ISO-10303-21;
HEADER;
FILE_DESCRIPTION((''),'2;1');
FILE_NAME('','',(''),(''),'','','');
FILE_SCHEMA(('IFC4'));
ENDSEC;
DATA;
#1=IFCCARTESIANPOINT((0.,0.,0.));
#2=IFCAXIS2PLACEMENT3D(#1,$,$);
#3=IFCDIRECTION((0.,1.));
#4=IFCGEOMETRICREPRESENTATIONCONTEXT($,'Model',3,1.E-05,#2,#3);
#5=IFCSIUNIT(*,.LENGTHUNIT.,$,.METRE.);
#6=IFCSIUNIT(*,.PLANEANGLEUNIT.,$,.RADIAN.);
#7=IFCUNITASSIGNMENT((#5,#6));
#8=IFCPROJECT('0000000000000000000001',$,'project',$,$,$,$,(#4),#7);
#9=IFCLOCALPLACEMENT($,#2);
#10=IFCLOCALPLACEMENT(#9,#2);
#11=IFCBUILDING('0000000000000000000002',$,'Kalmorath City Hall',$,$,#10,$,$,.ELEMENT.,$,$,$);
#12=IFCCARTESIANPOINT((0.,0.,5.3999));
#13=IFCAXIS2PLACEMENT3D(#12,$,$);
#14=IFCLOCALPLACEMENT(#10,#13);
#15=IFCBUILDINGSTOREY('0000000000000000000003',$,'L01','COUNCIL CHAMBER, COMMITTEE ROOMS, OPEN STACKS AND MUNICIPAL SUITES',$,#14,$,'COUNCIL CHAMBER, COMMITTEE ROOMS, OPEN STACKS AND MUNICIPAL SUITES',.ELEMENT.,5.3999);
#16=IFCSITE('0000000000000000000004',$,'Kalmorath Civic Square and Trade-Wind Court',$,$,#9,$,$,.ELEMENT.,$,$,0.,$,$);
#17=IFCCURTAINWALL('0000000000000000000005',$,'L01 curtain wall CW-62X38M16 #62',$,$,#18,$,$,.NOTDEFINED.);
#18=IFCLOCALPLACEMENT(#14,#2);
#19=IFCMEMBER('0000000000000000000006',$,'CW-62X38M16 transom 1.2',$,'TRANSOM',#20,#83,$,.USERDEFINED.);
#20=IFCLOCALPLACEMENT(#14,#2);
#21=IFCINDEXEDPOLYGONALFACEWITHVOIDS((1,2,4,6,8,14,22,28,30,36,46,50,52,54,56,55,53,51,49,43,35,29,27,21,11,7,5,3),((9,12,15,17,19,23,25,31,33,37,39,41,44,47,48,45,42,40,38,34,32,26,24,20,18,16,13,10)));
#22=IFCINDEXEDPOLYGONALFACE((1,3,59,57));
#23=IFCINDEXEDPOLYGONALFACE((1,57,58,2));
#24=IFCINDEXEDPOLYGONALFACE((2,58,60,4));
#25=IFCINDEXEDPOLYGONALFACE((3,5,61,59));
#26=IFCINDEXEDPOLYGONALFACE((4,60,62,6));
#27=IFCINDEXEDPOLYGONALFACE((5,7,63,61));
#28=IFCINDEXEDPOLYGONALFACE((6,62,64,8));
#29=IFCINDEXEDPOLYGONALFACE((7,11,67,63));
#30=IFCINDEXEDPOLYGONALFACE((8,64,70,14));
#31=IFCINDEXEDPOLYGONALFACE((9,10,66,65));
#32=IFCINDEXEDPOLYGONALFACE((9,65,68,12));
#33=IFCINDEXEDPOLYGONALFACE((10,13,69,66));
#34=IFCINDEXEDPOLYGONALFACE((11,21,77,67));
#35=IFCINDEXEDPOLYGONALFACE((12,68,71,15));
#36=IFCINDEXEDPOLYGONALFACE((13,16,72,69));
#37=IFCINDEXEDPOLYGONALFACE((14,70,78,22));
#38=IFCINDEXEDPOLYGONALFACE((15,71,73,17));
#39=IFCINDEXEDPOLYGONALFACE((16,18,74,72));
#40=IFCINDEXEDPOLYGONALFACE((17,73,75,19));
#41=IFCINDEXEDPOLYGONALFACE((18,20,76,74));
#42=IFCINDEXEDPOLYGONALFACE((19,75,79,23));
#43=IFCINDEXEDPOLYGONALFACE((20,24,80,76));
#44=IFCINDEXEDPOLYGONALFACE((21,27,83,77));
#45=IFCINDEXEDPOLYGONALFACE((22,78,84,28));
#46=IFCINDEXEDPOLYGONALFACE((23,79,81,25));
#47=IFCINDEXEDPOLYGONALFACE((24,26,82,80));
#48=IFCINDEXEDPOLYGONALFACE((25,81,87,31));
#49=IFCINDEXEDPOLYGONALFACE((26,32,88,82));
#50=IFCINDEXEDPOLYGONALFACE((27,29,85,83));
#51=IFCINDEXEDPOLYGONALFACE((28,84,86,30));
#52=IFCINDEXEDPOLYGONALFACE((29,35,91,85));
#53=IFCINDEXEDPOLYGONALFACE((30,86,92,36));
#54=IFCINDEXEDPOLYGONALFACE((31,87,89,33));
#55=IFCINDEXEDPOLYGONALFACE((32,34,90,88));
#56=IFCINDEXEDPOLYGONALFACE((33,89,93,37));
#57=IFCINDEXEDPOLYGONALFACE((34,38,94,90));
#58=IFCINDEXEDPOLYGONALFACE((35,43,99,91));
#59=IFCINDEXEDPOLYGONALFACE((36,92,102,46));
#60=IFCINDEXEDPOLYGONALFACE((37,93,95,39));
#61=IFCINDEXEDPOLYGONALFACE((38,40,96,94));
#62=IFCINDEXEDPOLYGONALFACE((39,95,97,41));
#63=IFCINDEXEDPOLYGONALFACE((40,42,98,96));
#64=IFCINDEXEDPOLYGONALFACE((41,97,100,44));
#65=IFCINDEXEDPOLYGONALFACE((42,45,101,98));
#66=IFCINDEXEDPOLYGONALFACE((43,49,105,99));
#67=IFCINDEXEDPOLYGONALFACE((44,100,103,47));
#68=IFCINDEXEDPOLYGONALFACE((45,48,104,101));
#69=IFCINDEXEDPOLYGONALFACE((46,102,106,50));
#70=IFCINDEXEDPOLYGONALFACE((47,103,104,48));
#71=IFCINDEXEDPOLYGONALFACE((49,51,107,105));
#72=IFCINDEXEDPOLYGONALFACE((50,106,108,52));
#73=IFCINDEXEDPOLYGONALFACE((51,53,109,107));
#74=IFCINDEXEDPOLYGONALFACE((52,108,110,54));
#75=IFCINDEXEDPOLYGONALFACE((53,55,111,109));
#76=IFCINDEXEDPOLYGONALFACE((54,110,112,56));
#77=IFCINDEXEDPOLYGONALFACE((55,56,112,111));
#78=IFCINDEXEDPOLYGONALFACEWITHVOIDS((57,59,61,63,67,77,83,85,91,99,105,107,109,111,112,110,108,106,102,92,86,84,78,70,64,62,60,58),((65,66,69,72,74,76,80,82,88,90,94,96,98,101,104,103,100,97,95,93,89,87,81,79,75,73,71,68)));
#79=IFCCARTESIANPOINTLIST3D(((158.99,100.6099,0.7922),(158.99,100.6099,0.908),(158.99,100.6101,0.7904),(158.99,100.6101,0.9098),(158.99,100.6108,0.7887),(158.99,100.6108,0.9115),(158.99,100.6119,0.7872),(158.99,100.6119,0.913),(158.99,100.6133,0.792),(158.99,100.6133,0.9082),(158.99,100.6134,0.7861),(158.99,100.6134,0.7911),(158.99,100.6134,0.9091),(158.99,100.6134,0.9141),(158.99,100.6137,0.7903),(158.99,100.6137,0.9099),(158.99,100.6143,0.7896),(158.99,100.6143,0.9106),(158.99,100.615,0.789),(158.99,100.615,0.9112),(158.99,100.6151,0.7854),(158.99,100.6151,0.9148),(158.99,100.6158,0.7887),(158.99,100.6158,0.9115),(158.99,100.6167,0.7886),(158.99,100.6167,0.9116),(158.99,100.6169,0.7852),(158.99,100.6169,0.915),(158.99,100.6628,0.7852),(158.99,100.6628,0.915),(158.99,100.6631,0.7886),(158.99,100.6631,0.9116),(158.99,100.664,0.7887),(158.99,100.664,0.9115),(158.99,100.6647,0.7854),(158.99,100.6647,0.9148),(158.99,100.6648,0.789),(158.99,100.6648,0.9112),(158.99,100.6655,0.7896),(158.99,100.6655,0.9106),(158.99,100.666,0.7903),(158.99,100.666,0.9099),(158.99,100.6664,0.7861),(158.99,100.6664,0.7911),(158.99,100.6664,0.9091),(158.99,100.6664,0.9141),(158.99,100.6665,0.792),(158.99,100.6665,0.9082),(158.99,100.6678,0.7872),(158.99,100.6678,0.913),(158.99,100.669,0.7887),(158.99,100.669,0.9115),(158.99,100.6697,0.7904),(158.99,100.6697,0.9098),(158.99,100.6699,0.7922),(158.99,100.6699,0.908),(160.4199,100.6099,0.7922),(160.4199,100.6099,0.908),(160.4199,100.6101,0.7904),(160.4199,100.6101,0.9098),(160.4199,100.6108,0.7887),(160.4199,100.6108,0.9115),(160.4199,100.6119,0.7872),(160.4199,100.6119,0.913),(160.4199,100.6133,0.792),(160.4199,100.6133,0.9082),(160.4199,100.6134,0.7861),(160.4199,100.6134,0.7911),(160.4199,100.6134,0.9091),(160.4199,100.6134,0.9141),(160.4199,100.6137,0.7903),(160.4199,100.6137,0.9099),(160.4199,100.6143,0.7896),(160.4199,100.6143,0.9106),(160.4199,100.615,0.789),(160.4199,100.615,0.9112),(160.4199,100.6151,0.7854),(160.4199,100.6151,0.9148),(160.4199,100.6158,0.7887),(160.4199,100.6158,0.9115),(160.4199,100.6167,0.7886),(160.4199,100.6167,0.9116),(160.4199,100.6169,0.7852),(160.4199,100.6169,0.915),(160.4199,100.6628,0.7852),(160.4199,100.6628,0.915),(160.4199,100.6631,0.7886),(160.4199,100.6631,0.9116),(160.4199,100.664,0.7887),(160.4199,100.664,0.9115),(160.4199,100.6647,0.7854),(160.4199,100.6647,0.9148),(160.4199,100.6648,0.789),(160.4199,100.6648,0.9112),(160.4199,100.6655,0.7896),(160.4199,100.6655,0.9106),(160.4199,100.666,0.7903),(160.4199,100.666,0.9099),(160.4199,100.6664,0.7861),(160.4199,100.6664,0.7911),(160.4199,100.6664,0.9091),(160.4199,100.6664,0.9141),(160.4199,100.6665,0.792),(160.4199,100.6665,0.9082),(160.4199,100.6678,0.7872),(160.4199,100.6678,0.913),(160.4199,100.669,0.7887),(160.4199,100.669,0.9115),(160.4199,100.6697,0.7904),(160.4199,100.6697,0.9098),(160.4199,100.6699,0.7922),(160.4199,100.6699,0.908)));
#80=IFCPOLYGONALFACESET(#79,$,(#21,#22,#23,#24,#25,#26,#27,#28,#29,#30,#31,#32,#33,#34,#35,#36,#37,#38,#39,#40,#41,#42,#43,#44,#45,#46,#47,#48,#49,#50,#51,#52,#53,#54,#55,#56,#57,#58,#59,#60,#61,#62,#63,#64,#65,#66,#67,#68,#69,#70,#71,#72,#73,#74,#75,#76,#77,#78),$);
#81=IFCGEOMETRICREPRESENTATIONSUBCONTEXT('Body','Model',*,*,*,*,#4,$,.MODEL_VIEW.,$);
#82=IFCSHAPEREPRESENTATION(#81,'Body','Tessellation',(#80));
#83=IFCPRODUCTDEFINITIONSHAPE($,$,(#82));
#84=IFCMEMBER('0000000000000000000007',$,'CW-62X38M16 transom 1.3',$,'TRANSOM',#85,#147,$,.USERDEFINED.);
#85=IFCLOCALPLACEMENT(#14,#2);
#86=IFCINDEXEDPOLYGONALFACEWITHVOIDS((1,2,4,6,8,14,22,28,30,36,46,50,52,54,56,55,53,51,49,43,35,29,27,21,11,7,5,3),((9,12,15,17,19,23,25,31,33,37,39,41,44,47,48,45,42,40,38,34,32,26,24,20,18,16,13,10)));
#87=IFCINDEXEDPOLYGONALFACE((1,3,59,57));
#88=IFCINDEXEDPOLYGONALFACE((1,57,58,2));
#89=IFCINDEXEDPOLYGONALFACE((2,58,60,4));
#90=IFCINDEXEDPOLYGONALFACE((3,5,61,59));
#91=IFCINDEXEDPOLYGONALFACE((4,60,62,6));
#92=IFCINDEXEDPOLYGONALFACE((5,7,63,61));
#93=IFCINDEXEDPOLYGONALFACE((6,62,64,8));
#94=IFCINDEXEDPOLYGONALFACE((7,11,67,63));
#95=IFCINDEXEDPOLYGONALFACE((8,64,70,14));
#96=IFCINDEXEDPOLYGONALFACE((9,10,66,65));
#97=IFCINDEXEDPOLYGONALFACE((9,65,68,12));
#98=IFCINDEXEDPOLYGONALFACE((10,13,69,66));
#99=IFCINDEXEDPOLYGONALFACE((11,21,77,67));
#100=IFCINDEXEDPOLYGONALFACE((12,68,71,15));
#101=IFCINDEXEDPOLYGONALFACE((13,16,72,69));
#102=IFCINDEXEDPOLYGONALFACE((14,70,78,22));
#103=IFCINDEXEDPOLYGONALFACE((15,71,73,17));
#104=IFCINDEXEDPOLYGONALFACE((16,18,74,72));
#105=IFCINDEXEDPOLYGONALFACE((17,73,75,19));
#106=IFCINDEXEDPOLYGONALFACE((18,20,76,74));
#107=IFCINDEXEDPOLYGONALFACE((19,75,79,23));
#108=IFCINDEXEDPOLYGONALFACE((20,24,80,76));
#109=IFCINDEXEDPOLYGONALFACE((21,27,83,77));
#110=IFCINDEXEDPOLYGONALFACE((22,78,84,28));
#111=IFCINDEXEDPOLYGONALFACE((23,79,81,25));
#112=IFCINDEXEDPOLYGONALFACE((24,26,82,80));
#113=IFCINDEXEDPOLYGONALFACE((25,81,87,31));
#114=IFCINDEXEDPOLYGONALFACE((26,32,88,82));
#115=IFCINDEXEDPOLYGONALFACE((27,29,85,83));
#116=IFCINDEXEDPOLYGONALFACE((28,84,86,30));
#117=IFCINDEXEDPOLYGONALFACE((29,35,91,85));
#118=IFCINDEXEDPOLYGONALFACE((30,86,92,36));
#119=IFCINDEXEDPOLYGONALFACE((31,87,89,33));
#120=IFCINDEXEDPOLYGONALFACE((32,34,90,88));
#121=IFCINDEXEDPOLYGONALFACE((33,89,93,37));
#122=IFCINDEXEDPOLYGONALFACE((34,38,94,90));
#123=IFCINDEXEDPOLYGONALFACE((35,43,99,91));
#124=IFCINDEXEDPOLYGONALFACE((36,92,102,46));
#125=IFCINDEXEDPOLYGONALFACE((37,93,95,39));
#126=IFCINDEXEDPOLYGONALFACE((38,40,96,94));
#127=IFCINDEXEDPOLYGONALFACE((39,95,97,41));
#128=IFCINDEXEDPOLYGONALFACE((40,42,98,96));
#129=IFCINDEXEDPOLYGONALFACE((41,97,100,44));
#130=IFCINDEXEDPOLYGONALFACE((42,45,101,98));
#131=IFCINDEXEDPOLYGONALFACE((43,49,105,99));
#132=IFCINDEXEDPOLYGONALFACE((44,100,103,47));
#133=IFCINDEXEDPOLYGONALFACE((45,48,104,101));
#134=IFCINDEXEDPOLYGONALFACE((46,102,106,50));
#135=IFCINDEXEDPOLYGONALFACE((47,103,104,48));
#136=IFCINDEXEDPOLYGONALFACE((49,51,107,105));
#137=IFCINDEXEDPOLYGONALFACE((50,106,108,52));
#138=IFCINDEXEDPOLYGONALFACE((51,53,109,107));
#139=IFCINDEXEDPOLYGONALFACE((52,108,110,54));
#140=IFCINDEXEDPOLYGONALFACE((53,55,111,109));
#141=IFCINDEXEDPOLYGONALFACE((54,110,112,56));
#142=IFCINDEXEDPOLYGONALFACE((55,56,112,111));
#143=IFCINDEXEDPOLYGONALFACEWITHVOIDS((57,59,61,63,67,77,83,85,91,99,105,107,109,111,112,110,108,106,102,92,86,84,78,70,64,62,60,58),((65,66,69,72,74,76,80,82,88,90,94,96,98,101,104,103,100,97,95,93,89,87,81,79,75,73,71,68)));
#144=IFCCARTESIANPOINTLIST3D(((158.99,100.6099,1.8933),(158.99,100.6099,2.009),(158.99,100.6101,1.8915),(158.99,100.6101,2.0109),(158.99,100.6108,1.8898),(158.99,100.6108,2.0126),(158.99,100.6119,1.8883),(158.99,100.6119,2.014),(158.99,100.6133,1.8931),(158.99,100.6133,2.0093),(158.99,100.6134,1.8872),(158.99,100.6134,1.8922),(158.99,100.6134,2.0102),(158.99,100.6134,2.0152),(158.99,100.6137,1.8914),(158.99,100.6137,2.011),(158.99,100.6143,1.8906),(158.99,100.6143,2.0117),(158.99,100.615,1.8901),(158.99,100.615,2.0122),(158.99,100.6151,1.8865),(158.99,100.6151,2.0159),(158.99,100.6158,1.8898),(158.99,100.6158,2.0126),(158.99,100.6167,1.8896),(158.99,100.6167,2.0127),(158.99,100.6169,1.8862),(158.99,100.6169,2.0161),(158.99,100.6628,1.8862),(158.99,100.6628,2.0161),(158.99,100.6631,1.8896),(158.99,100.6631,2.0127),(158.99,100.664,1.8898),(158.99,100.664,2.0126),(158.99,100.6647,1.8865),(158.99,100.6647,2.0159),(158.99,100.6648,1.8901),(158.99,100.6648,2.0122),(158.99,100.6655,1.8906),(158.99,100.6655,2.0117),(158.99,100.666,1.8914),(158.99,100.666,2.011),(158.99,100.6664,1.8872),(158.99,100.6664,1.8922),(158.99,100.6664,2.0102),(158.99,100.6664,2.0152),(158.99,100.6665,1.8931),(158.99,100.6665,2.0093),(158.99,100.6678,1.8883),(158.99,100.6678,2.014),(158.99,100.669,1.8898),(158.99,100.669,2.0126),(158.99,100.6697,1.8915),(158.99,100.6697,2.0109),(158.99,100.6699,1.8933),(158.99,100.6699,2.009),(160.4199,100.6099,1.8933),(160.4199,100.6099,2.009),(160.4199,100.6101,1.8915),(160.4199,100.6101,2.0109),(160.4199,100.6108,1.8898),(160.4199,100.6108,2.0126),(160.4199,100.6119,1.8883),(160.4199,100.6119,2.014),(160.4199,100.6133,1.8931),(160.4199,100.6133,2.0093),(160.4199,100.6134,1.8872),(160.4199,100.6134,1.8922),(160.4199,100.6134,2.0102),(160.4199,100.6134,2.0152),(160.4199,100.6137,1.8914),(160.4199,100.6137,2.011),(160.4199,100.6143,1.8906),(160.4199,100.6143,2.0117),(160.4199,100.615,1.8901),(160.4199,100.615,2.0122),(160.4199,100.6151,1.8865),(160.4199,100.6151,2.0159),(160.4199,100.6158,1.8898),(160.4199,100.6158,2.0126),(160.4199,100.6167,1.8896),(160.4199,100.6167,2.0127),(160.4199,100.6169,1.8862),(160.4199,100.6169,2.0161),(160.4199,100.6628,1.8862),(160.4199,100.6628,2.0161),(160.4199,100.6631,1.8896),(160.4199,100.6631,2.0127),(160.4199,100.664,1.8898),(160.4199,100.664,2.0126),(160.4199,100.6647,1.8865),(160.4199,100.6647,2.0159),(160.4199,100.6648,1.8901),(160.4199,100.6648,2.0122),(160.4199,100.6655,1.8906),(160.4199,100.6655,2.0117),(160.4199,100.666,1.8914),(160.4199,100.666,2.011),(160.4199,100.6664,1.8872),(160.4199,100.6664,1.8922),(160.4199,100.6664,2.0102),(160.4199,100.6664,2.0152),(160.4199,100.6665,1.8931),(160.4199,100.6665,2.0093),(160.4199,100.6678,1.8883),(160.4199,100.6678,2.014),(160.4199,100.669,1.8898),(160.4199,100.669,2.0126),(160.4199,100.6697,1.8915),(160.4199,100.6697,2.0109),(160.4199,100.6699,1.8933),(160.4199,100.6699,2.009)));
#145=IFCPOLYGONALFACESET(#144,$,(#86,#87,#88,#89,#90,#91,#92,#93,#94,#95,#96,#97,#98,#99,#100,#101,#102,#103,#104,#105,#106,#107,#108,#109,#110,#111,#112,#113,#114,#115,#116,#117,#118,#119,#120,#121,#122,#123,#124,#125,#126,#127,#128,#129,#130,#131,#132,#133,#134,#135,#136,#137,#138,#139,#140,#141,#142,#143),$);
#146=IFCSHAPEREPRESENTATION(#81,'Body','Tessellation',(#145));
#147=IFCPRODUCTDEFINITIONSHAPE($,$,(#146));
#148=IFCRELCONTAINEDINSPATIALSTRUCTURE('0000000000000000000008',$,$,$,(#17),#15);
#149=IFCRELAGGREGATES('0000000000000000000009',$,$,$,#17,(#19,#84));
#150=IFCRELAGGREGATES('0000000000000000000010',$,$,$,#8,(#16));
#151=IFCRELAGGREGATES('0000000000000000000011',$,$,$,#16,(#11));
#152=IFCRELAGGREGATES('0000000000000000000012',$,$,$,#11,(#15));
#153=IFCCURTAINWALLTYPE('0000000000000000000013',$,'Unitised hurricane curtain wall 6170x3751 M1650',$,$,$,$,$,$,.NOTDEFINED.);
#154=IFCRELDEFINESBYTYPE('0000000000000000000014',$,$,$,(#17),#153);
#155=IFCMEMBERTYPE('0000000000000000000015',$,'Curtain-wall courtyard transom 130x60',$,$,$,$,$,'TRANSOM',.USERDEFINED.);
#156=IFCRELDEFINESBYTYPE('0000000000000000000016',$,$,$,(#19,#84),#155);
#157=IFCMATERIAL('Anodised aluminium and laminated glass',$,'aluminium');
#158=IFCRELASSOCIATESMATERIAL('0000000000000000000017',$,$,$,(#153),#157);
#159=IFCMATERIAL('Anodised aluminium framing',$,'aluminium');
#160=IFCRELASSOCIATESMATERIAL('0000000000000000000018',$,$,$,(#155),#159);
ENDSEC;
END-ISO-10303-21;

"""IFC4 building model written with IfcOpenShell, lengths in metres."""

from ifc_helpers import new_model, si_unit, direction, frame, origin, origin_2d, place, context, subcontext, project, spatial, hollow_rectangle, extrude, material, material_profile, profile_set, type_object, element, aggregate, save


model = new_model("IFC4")

# Units and contexts
model_context = context("Model", 3, precision=1e-05, world=origin(), true_north=direction((0.0, 1.0)))
body_context = subcontext(model_context, "Body", "Model", "MODEL_VIEW")
ifc_project = project(units=[si_unit("LENGTHUNIT", "METRE"), si_unit("PLANEANGLEUNIT", "RADIAN")], contexts=[model_context])

# Site, building, storey
site_placement = place(None, origin())
site = spatial("IfcSite", under=ifc_project, at=site_placement, Name="Kalmorath Civic Square and Trade-Wind Court", CompositionType="ELEMENT", RefElevation=0.0)
building_placement = place(site_placement, origin())
building = spatial("IfcBuilding", under=site, at=building_placement, Name="Kalmorath City Hall", CompositionType="ELEMENT")
storey_placement = place(building_placement, frame((0.0, 0.0, 5.3999)))
storey = spatial("IfcBuildingStorey", under=building, at=storey_placement, Name="L01", Description="COUNCIL CHAMBER, COMMITTEE ROOMS, OPEN STACKS AND MUNICIPAL SUITES", LongName="COUNCIL CHAMBER, COMMITTEE ROOMS, OPEN STACKS AND MUNICIPAL SUITES", CompositionType="ELEMENT", Elevation=5.3999)

# Curtain wall, members
ifc_material_1 = material(Name="Anodised aluminium and laminated glass", Category="aluminium")
curtain_wall_type = type_object("IfcCurtainWallType", Name="Unitised hurricane curtain wall 6170x3751 M1650", PredefinedType="NOTDEFINED", material=ifc_material_1)
curtain_wall_placement = place(storey_placement, origin())
curtain_wall = element("IfcCurtainWall", 1, at=curtain_wall_placement, inside=storey, type_object=curtain_wall_type, Name="L01 curtain wall CW-62X38M16 #62", PredefinedType="NOTDEFINED")
ifc_material_2 = material(Name="Anodised aluminium framing", Category="aluminium")
ifc_material_profile_1 = material_profile(ifc_material_2, hollow_rectangle(XDim=0.0601, YDim=0.1299, WallThickness=0.0034, InnerFilletRadius=0.0034, OuterFilletRadius=0.0071, at=origin_2d()), Name="ALU-TRN-130X60X3.5")
ifc_profile_set_1 = profile_set([ifc_material_profile_1], Name="Anodised aluminium framing")
member_type_1 = type_object("IfcMemberType", Name="Curtain-wall courtyard transom 130x60", ElementType="TRANSOM", PredefinedType="USERDEFINED", material=ifc_profile_set_1)
member_1_placement = place(storey_placement, frame((158.99, 100.6399, 0.8501), z_axis=(1.0, 0.0, 0.0), x_axis=(0.0, 1.0, 0.0)))
member_1 = element("IfcMember", 2, at=member_1_placement, type_object=member_type_1, Name="CW-62X38M16 transom 1.2", ObjectType="TRANSOM", PredefinedType="USERDEFINED", context=body_context, shape_type="SweptSolid", body=[
    extrude(hollow_rectangle(XDim=0.0601, YDim=0.1299, WallThickness=0.0034, InnerFilletRadius=0.0034, OuterFilletRadius=0.0071, at=origin_2d()), origin(), (0.0, 0.0, 1.0), 1.4299),
])
member_2_placement = place(storey_placement, frame((158.99, 100.6399, 1.9512), z_axis=(1.0, 0.0, 0.0), x_axis=(0.0, 1.0, 0.0)))
member_2 = element("IfcMember", 3, at=member_2_placement, type_object=member_type_1, Name="CW-62X38M16 transom 1.3", ObjectType="TRANSOM", PredefinedType="USERDEFINED", context=body_context, shape_type="SweptSolid", body=[
    extrude(hollow_rectangle(XDim=0.0601, YDim=0.1299, WallThickness=0.0034, InnerFilletRadius=0.0034, OuterFilletRadius=0.0071, at=origin_2d()), origin(), (0.0, 0.0, 1.0), 1.4299),
])

aggregate(curtain_wall, [member_1, member_2])

save(model, "model.ifc")
